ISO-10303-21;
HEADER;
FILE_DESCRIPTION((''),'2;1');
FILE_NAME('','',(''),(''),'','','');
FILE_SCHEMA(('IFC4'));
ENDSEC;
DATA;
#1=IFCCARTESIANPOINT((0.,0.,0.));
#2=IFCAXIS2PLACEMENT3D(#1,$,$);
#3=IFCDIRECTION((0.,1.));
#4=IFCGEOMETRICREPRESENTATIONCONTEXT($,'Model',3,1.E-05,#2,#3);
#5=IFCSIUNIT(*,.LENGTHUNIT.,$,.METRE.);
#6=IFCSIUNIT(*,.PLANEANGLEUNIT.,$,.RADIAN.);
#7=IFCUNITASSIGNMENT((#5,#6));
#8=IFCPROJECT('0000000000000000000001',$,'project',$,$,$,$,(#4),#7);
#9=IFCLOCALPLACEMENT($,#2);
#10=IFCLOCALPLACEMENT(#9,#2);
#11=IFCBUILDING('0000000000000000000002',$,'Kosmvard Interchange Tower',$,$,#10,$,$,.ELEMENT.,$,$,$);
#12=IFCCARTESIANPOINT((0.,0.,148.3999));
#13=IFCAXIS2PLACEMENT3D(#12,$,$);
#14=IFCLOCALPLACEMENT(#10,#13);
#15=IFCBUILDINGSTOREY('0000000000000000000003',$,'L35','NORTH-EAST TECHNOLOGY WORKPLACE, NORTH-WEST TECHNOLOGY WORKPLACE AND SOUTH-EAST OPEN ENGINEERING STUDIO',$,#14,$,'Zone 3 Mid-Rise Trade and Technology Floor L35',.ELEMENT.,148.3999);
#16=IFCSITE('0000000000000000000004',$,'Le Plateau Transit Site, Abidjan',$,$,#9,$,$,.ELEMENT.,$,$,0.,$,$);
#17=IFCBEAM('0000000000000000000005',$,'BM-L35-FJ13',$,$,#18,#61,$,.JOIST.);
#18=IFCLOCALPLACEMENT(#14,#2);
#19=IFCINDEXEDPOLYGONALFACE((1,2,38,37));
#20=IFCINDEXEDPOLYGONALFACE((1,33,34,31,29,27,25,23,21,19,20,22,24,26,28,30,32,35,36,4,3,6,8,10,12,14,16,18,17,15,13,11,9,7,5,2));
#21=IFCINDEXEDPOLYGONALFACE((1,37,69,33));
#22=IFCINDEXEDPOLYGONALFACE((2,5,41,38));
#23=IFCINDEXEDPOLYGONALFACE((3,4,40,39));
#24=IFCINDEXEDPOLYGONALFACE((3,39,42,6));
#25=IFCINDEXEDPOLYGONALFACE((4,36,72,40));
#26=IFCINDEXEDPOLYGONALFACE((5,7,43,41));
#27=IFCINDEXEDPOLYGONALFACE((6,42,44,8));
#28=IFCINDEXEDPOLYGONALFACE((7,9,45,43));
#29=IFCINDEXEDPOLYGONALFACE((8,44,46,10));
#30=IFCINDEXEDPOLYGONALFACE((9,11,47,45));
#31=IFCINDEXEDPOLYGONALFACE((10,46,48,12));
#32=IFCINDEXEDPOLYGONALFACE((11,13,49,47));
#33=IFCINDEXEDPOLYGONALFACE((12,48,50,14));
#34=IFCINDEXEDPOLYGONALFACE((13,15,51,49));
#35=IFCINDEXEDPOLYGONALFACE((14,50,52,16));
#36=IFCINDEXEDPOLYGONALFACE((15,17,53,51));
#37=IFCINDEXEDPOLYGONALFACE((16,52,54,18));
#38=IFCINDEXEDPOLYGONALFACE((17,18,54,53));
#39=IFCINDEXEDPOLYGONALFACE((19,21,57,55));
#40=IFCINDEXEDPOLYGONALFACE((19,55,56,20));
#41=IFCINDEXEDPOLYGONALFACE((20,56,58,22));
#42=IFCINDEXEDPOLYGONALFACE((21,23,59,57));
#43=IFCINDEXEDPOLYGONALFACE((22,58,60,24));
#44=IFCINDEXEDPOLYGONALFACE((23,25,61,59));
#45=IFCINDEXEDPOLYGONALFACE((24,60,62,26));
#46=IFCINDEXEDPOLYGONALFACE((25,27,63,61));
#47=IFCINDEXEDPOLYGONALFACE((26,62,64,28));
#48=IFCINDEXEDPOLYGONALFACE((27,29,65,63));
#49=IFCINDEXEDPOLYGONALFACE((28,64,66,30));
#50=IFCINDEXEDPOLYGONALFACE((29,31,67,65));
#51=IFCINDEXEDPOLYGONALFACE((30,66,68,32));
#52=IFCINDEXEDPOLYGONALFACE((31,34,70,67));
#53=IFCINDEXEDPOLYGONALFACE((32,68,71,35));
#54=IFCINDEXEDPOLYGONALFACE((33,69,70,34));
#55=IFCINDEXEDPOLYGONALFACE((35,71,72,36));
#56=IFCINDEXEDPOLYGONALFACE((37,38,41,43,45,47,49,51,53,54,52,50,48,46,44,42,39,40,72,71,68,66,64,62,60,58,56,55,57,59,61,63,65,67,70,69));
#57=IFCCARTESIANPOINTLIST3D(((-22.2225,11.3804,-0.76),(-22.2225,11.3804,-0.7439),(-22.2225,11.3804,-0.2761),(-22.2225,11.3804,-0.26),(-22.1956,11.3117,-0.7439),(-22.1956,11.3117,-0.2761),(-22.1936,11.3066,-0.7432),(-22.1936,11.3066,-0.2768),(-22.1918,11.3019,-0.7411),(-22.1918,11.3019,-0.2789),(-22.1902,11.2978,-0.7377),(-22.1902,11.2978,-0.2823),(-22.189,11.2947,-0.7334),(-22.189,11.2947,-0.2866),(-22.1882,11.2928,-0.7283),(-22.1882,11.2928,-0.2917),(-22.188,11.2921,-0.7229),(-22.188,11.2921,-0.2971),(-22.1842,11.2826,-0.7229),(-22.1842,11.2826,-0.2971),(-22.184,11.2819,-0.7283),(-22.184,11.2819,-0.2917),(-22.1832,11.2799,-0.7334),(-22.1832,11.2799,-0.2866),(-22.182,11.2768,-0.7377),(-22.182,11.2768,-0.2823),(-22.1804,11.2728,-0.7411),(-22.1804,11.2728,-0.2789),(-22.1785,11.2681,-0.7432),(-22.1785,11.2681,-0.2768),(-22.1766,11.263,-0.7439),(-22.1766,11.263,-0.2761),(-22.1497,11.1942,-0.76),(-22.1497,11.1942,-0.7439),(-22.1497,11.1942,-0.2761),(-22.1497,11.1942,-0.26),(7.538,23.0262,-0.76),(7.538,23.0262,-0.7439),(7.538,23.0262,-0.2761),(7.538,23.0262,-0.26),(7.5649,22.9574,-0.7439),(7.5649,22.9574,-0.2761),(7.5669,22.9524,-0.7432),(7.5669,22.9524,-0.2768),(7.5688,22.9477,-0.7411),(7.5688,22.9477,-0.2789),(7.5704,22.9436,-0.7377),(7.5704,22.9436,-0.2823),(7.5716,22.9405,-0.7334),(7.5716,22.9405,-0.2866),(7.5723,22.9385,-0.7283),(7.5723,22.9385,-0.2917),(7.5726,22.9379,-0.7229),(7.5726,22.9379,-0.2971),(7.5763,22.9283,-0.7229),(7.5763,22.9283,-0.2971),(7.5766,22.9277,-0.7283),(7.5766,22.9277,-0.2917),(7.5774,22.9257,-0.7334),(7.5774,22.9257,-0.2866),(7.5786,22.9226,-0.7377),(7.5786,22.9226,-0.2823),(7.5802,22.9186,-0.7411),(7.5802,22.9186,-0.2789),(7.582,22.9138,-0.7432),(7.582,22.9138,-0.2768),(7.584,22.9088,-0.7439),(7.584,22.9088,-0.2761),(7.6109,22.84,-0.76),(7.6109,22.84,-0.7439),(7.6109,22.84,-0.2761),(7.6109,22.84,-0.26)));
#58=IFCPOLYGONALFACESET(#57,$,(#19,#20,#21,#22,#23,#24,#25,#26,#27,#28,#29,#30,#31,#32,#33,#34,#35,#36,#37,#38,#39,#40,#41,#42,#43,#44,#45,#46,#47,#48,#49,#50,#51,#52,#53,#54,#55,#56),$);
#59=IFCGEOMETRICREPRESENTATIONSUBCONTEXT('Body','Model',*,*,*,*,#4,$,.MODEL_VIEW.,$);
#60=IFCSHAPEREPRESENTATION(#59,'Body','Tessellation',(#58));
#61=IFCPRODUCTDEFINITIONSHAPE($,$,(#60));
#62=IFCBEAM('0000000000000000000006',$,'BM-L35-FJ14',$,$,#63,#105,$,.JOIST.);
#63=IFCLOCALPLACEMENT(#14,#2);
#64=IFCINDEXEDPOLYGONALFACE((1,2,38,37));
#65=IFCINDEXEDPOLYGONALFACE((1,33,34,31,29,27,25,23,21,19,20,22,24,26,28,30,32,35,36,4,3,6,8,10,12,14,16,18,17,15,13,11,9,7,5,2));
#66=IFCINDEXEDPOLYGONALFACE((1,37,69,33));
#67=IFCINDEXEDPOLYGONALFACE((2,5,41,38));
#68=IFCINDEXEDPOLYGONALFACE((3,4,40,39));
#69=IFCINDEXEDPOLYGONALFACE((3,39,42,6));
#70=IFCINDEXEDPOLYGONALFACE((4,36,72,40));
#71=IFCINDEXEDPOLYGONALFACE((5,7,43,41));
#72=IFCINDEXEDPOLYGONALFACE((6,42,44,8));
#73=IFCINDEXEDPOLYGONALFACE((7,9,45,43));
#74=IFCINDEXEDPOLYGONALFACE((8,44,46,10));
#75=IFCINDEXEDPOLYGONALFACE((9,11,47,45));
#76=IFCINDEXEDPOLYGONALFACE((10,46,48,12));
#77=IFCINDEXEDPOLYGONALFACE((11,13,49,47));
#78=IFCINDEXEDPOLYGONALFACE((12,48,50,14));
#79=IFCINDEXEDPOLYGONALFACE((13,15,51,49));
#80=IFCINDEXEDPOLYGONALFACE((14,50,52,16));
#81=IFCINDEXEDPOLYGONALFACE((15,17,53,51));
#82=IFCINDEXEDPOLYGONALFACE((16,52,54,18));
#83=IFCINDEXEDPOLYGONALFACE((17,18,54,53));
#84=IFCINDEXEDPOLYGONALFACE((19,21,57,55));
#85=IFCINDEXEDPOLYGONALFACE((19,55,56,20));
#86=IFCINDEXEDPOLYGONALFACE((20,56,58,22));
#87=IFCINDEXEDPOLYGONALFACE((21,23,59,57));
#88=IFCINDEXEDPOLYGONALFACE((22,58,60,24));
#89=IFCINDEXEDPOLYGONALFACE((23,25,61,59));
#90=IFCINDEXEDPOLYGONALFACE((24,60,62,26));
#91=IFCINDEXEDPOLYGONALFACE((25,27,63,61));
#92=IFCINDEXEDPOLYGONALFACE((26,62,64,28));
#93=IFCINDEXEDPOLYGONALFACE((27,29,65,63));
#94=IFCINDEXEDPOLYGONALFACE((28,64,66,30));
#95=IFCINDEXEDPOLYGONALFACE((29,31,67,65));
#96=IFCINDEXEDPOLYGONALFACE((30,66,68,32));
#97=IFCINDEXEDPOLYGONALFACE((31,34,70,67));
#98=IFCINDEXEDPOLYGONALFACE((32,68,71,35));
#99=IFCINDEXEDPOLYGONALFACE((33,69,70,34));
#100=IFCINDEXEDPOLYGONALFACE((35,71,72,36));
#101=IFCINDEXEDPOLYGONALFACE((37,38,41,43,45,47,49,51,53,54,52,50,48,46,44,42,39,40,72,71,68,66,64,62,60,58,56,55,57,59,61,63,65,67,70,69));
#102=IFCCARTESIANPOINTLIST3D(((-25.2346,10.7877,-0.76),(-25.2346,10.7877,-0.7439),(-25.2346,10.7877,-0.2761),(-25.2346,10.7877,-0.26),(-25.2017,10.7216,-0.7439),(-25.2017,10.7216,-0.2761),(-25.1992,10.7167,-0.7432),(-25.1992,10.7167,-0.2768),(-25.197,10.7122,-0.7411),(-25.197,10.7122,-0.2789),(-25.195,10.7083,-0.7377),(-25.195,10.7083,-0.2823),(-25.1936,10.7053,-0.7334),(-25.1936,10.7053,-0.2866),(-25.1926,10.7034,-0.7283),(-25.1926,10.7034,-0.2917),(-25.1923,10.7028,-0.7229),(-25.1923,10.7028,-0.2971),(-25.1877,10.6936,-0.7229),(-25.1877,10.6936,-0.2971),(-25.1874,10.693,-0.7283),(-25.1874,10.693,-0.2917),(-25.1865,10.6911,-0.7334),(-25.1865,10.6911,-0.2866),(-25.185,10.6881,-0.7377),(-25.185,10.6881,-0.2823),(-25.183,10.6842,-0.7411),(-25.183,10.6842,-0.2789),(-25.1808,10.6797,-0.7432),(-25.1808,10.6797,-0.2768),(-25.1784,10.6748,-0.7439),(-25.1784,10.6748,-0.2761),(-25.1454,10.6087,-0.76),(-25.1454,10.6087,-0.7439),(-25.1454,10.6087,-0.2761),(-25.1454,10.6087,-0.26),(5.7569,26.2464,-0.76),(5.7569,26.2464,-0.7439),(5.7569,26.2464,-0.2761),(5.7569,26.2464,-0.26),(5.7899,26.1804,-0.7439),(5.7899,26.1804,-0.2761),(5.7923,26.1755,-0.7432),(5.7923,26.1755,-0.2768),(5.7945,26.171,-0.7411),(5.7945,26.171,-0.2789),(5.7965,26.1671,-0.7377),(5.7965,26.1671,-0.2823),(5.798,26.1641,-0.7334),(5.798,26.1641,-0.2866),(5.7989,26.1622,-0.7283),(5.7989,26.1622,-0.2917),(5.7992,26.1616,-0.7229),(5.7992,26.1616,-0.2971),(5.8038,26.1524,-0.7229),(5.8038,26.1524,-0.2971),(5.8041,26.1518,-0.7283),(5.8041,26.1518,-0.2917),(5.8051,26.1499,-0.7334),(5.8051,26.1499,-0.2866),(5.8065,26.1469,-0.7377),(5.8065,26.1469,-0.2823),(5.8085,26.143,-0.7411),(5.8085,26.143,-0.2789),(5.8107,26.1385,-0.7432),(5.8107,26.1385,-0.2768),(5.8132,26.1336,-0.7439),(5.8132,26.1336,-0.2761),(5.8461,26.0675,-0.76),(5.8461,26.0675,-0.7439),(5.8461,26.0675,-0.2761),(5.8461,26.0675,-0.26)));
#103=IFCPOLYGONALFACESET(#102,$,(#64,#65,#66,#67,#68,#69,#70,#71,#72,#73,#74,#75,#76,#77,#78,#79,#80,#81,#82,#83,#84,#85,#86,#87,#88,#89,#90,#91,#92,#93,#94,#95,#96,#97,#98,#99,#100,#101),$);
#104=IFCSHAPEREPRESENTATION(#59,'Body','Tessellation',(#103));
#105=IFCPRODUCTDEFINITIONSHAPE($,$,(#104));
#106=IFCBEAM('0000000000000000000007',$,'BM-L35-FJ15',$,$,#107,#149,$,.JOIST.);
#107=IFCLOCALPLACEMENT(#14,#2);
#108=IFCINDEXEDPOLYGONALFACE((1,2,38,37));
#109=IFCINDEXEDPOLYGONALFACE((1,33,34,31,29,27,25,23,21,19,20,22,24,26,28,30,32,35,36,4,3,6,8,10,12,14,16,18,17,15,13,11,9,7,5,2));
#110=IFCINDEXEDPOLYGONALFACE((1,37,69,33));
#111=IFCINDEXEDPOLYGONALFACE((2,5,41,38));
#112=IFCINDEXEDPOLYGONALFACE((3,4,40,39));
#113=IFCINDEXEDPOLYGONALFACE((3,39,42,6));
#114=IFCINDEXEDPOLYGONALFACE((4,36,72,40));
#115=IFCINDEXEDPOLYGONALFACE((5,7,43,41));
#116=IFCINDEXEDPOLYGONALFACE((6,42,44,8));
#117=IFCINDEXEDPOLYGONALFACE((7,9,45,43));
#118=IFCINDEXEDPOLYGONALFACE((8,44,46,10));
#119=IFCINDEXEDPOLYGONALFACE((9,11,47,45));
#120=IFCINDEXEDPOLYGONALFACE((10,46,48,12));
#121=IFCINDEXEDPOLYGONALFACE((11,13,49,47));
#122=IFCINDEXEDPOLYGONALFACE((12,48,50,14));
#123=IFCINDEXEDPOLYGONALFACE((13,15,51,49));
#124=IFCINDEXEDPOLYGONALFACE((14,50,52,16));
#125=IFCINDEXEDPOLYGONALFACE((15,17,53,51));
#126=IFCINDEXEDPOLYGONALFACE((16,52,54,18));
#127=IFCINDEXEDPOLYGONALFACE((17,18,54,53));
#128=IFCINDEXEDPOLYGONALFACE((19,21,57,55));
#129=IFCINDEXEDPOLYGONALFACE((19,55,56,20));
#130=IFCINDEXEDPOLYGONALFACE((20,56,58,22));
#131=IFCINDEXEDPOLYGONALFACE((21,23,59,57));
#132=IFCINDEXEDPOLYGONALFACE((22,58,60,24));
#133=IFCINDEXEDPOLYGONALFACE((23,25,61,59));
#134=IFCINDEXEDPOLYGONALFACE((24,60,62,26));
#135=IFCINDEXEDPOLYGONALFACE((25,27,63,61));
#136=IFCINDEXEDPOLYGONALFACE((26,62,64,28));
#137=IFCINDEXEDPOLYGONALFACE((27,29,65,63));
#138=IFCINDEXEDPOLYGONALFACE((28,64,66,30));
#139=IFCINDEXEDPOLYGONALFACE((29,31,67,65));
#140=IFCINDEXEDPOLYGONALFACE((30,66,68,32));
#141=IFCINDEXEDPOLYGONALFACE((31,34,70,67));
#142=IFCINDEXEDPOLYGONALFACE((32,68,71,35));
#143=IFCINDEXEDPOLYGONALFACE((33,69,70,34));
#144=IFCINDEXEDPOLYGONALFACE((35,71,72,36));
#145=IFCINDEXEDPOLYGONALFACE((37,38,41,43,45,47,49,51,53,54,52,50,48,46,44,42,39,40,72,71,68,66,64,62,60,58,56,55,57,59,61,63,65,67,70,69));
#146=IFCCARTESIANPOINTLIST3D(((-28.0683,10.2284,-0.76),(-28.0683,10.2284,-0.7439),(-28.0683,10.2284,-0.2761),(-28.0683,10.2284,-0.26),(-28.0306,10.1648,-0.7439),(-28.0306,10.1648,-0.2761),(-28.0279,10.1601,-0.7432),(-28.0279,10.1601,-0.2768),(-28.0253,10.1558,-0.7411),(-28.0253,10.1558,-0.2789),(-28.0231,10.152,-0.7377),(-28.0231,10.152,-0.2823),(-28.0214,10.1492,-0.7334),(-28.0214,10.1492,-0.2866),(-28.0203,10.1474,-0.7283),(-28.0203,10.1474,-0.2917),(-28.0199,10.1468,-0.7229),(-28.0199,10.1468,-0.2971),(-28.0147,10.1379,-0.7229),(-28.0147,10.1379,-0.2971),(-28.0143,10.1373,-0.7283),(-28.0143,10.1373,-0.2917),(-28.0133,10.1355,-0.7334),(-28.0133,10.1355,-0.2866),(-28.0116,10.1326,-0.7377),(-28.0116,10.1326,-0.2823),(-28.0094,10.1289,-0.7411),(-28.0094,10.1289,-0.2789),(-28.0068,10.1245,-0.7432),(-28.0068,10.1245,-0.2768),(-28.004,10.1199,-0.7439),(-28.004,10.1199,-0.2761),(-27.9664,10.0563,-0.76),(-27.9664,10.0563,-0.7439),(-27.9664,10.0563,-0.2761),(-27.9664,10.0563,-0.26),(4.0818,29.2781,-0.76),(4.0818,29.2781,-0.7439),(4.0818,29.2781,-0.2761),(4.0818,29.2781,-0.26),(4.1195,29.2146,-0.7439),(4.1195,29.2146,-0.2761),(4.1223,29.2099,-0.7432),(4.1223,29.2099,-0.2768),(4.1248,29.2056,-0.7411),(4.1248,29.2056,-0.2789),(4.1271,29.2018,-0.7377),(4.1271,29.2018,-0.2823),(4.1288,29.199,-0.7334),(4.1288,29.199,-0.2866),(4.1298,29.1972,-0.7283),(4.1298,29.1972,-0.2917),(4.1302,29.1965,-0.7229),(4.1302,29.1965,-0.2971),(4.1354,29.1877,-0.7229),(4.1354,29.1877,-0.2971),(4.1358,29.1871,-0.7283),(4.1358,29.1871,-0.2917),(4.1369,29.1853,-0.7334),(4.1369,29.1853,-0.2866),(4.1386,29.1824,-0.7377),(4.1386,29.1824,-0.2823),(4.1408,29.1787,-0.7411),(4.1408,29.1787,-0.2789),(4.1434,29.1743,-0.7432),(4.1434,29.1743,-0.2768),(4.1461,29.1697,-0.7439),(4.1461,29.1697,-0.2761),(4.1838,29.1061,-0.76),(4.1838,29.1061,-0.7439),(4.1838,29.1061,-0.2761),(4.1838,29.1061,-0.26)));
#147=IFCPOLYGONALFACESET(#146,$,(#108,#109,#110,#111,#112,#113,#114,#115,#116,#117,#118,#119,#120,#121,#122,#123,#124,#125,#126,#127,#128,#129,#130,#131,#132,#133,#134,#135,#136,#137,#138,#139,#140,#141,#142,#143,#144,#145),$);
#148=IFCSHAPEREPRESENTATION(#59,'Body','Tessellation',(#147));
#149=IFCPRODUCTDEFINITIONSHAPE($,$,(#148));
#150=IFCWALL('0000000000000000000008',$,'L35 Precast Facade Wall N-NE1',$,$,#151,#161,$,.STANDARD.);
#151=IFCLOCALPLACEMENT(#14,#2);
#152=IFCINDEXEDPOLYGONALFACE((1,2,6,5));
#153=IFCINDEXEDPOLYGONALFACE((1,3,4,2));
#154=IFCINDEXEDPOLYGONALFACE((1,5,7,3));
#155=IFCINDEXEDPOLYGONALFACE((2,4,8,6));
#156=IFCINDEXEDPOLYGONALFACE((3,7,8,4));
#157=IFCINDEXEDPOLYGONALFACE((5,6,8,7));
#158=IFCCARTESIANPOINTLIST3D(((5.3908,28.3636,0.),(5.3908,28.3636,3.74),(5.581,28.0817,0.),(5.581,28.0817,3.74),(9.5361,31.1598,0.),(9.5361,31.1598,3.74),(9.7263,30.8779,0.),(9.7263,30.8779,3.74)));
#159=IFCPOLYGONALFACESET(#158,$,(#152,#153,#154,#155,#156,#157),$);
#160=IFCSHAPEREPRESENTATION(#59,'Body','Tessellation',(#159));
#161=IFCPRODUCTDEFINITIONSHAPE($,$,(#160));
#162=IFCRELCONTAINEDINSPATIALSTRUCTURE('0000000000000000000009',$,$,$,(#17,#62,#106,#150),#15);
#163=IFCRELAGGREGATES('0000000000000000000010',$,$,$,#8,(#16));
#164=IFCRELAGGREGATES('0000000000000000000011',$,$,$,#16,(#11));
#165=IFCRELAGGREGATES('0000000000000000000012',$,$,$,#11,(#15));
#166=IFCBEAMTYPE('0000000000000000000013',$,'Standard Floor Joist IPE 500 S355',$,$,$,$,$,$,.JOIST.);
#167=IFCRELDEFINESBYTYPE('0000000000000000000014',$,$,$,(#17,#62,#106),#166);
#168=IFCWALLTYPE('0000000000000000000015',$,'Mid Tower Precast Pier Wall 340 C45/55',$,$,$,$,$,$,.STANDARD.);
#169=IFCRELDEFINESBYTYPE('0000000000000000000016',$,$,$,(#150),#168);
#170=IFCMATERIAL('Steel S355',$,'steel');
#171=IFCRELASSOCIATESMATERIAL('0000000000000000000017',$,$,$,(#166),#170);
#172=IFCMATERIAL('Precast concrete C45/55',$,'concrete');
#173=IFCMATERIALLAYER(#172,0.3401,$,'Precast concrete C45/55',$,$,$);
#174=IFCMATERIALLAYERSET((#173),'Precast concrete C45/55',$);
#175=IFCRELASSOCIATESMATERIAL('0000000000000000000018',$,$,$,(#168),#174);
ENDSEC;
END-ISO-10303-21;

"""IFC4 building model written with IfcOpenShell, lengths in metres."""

from ifc_helpers import new_model, si_unit, direction, frame, frame_2d, origin, origin_2d, place, context, subcontext, project, spatial, rectangle, i_section, extrude, source, transform, mapped, material, layer, layer_set, material_profile, profile_set, type_object, element, save


model = new_model("IFC4")

# Units and contexts
model_context = context("Model", 3, precision=1e-05, world=origin(), true_north=direction((0.0, 1.0)))
body_context = subcontext(model_context, "Body", "Model", "MODEL_VIEW")
ifc_project = project(units=[si_unit("LENGTHUNIT", "METRE"), si_unit("PLANEANGLEUNIT", "RADIAN")], contexts=[model_context])

# Site, building, storey
site_placement = place(None, origin())
site = spatial("IfcSite", under=ifc_project, at=site_placement, Name="Le Plateau Transit Site, Abidjan", CompositionType="ELEMENT", RefElevation=0.0)
building_placement = place(site_placement, origin())
building = spatial("IfcBuilding", under=site, at=building_placement, Name="Kosmvard Interchange Tower", CompositionType="ELEMENT")
storey_placement = place(building_placement, frame((0.0, 0.0, 148.3999)))
storey = spatial("IfcBuildingStorey", under=building, at=storey_placement, Name="L35", Description="NORTH-EAST TECHNOLOGY WORKPLACE, NORTH-WEST TECHNOLOGY WORKPLACE AND SOUTH-EAST OPEN ENGINEERING STUDIO", LongName="Zone 3 Mid-Rise Trade and Technology Floor L35", CompositionType="ELEMENT", Elevation=148.3999)

# Beams
ifc_material_1 = material(Name="Steel S355", Category="steel")
ifc_material_2 = material(Name="Precast concrete C45/55", Category="concrete")
ifc_material_profile_1 = material_profile(ifc_material_1, i_section(OverallWidth=0.2, OverallDepth=0.5, WebThickness=0.0103, FlangeThickness=0.0161, FilletRadius=0.021, at=origin_2d()), Name="IPE 500")
ifc_profile_set_1 = profile_set([ifc_material_profile_1], Name="Steel S355")
beam_type_1 = type_object("IfcBeamType", Name="Standard Floor Joist IPE 500 S355", PredefinedType="JOIST", material=ifc_profile_set_1)
shared_shape_1 = source(origin(), body_context, "Body", "SweptSolid", [
    extrude(i_section(OverallWidth=0.2, OverallDepth=0.5, WebThickness=0.0103, FlangeThickness=0.0161, FilletRadius=0.021, at=origin_2d()), origin(), (0.0, 0.0, 1.0), 31.958),
])
beam_1_placement = place(storey_placement, frame((7.5745, 22.9331, -0.51), z_axis=(-0.931239, -0.364409, 0.0), x_axis=(0.364409, -0.931239, 0.0)))
element("IfcBeam", 1, at=beam_1_placement, inside=storey, type_object=beam_type_1, Name="BM-L35-FJ13", PredefinedType="JOIST", context=body_context, shape_type="MappedRepresentation", body=[
    mapped(shared_shape_1, transform((0.0, 0.0, 0.0), scale=1.0)),
])
shared_shape_2 = source(origin(), body_context, "Body", "SweptSolid", [
    extrude(i_section(OverallWidth=0.2, OverallDepth=0.5, WebThickness=0.0103, FlangeThickness=0.0161, FilletRadius=0.021, at=origin_2d()), origin(), (0.0, 0.0, 1.0), 34.6331),
])
beam_2_placement = place(storey_placement, frame((5.8015, 26.157, -0.51), z_axis=(-0.894854, -0.446359, 0.0), x_axis=(0.446359, -0.894854, 0.0)))
element("IfcBeam", 2, at=beam_2_placement, inside=storey, type_object=beam_type_1, Name="BM-L35-FJ14", PredefinedType="JOIST", context=body_context, shape_type="MappedRepresentation", body=[
    mapped(shared_shape_2, transform((0.0, 0.0, 0.0), scale=1.0)),
])
shared_shape_3 = source(origin(), body_context, "Body", "SweptSolid", [
    extrude(i_section(OverallWidth=0.2, OverallDepth=0.5, WebThickness=0.0103, FlangeThickness=0.0161, FilletRadius=0.021, at=origin_2d()), origin(), (0.0, 0.0, 1.0), 37.3701),
])
beam_3_placement = place(storey_placement, frame((4.1328, 29.1921, -0.51), z_axis=(-0.860317, -0.50976, 0.0), x_axis=(0.50976, -0.860317, 0.0)))
element("IfcBeam", 3, at=beam_3_placement, inside=storey, type_object=beam_type_1, Name="BM-L35-FJ15", PredefinedType="JOIST", context=body_context, shape_type="MappedRepresentation", body=[
    mapped(shared_shape_3, transform((0.0, 0.0, 0.0), scale=1.0)),
])

# Wall
ifc_layer_1 = layer(ifc_material_2, 0.3401, Name="Precast concrete C45/55")
ifc_layer_set_1 = layer_set([ifc_layer_1], Name="Precast concrete C45/55")
wall_type = type_object("IfcWallType", Name="Mid Tower Precast Pier Wall 340 C45/55", PredefinedType="STANDARD", material=ifc_layer_set_1)
wall_1_placement = place(storey_placement, frame((9.6311, 31.0188, 0.0), z_axis=(0.0, 0.0, 1.0), x_axis=(-0.829026, -0.55921, 0.0)))
element("IfcWall", 4, at=wall_1_placement, inside=storey, type_object=wall_type, Name="L35 Precast Facade Wall N-NE1", PredefinedType="STANDARD", context=body_context, shape_type="SweptSolid", body=[
    extrude(rectangle(XDim=5.0002, YDim=0.3401, at=frame_2d((2.5, 0.0))), origin(), (0.0, 0.0, 1.0), 3.74),
])

save(model, "model.ifc")
